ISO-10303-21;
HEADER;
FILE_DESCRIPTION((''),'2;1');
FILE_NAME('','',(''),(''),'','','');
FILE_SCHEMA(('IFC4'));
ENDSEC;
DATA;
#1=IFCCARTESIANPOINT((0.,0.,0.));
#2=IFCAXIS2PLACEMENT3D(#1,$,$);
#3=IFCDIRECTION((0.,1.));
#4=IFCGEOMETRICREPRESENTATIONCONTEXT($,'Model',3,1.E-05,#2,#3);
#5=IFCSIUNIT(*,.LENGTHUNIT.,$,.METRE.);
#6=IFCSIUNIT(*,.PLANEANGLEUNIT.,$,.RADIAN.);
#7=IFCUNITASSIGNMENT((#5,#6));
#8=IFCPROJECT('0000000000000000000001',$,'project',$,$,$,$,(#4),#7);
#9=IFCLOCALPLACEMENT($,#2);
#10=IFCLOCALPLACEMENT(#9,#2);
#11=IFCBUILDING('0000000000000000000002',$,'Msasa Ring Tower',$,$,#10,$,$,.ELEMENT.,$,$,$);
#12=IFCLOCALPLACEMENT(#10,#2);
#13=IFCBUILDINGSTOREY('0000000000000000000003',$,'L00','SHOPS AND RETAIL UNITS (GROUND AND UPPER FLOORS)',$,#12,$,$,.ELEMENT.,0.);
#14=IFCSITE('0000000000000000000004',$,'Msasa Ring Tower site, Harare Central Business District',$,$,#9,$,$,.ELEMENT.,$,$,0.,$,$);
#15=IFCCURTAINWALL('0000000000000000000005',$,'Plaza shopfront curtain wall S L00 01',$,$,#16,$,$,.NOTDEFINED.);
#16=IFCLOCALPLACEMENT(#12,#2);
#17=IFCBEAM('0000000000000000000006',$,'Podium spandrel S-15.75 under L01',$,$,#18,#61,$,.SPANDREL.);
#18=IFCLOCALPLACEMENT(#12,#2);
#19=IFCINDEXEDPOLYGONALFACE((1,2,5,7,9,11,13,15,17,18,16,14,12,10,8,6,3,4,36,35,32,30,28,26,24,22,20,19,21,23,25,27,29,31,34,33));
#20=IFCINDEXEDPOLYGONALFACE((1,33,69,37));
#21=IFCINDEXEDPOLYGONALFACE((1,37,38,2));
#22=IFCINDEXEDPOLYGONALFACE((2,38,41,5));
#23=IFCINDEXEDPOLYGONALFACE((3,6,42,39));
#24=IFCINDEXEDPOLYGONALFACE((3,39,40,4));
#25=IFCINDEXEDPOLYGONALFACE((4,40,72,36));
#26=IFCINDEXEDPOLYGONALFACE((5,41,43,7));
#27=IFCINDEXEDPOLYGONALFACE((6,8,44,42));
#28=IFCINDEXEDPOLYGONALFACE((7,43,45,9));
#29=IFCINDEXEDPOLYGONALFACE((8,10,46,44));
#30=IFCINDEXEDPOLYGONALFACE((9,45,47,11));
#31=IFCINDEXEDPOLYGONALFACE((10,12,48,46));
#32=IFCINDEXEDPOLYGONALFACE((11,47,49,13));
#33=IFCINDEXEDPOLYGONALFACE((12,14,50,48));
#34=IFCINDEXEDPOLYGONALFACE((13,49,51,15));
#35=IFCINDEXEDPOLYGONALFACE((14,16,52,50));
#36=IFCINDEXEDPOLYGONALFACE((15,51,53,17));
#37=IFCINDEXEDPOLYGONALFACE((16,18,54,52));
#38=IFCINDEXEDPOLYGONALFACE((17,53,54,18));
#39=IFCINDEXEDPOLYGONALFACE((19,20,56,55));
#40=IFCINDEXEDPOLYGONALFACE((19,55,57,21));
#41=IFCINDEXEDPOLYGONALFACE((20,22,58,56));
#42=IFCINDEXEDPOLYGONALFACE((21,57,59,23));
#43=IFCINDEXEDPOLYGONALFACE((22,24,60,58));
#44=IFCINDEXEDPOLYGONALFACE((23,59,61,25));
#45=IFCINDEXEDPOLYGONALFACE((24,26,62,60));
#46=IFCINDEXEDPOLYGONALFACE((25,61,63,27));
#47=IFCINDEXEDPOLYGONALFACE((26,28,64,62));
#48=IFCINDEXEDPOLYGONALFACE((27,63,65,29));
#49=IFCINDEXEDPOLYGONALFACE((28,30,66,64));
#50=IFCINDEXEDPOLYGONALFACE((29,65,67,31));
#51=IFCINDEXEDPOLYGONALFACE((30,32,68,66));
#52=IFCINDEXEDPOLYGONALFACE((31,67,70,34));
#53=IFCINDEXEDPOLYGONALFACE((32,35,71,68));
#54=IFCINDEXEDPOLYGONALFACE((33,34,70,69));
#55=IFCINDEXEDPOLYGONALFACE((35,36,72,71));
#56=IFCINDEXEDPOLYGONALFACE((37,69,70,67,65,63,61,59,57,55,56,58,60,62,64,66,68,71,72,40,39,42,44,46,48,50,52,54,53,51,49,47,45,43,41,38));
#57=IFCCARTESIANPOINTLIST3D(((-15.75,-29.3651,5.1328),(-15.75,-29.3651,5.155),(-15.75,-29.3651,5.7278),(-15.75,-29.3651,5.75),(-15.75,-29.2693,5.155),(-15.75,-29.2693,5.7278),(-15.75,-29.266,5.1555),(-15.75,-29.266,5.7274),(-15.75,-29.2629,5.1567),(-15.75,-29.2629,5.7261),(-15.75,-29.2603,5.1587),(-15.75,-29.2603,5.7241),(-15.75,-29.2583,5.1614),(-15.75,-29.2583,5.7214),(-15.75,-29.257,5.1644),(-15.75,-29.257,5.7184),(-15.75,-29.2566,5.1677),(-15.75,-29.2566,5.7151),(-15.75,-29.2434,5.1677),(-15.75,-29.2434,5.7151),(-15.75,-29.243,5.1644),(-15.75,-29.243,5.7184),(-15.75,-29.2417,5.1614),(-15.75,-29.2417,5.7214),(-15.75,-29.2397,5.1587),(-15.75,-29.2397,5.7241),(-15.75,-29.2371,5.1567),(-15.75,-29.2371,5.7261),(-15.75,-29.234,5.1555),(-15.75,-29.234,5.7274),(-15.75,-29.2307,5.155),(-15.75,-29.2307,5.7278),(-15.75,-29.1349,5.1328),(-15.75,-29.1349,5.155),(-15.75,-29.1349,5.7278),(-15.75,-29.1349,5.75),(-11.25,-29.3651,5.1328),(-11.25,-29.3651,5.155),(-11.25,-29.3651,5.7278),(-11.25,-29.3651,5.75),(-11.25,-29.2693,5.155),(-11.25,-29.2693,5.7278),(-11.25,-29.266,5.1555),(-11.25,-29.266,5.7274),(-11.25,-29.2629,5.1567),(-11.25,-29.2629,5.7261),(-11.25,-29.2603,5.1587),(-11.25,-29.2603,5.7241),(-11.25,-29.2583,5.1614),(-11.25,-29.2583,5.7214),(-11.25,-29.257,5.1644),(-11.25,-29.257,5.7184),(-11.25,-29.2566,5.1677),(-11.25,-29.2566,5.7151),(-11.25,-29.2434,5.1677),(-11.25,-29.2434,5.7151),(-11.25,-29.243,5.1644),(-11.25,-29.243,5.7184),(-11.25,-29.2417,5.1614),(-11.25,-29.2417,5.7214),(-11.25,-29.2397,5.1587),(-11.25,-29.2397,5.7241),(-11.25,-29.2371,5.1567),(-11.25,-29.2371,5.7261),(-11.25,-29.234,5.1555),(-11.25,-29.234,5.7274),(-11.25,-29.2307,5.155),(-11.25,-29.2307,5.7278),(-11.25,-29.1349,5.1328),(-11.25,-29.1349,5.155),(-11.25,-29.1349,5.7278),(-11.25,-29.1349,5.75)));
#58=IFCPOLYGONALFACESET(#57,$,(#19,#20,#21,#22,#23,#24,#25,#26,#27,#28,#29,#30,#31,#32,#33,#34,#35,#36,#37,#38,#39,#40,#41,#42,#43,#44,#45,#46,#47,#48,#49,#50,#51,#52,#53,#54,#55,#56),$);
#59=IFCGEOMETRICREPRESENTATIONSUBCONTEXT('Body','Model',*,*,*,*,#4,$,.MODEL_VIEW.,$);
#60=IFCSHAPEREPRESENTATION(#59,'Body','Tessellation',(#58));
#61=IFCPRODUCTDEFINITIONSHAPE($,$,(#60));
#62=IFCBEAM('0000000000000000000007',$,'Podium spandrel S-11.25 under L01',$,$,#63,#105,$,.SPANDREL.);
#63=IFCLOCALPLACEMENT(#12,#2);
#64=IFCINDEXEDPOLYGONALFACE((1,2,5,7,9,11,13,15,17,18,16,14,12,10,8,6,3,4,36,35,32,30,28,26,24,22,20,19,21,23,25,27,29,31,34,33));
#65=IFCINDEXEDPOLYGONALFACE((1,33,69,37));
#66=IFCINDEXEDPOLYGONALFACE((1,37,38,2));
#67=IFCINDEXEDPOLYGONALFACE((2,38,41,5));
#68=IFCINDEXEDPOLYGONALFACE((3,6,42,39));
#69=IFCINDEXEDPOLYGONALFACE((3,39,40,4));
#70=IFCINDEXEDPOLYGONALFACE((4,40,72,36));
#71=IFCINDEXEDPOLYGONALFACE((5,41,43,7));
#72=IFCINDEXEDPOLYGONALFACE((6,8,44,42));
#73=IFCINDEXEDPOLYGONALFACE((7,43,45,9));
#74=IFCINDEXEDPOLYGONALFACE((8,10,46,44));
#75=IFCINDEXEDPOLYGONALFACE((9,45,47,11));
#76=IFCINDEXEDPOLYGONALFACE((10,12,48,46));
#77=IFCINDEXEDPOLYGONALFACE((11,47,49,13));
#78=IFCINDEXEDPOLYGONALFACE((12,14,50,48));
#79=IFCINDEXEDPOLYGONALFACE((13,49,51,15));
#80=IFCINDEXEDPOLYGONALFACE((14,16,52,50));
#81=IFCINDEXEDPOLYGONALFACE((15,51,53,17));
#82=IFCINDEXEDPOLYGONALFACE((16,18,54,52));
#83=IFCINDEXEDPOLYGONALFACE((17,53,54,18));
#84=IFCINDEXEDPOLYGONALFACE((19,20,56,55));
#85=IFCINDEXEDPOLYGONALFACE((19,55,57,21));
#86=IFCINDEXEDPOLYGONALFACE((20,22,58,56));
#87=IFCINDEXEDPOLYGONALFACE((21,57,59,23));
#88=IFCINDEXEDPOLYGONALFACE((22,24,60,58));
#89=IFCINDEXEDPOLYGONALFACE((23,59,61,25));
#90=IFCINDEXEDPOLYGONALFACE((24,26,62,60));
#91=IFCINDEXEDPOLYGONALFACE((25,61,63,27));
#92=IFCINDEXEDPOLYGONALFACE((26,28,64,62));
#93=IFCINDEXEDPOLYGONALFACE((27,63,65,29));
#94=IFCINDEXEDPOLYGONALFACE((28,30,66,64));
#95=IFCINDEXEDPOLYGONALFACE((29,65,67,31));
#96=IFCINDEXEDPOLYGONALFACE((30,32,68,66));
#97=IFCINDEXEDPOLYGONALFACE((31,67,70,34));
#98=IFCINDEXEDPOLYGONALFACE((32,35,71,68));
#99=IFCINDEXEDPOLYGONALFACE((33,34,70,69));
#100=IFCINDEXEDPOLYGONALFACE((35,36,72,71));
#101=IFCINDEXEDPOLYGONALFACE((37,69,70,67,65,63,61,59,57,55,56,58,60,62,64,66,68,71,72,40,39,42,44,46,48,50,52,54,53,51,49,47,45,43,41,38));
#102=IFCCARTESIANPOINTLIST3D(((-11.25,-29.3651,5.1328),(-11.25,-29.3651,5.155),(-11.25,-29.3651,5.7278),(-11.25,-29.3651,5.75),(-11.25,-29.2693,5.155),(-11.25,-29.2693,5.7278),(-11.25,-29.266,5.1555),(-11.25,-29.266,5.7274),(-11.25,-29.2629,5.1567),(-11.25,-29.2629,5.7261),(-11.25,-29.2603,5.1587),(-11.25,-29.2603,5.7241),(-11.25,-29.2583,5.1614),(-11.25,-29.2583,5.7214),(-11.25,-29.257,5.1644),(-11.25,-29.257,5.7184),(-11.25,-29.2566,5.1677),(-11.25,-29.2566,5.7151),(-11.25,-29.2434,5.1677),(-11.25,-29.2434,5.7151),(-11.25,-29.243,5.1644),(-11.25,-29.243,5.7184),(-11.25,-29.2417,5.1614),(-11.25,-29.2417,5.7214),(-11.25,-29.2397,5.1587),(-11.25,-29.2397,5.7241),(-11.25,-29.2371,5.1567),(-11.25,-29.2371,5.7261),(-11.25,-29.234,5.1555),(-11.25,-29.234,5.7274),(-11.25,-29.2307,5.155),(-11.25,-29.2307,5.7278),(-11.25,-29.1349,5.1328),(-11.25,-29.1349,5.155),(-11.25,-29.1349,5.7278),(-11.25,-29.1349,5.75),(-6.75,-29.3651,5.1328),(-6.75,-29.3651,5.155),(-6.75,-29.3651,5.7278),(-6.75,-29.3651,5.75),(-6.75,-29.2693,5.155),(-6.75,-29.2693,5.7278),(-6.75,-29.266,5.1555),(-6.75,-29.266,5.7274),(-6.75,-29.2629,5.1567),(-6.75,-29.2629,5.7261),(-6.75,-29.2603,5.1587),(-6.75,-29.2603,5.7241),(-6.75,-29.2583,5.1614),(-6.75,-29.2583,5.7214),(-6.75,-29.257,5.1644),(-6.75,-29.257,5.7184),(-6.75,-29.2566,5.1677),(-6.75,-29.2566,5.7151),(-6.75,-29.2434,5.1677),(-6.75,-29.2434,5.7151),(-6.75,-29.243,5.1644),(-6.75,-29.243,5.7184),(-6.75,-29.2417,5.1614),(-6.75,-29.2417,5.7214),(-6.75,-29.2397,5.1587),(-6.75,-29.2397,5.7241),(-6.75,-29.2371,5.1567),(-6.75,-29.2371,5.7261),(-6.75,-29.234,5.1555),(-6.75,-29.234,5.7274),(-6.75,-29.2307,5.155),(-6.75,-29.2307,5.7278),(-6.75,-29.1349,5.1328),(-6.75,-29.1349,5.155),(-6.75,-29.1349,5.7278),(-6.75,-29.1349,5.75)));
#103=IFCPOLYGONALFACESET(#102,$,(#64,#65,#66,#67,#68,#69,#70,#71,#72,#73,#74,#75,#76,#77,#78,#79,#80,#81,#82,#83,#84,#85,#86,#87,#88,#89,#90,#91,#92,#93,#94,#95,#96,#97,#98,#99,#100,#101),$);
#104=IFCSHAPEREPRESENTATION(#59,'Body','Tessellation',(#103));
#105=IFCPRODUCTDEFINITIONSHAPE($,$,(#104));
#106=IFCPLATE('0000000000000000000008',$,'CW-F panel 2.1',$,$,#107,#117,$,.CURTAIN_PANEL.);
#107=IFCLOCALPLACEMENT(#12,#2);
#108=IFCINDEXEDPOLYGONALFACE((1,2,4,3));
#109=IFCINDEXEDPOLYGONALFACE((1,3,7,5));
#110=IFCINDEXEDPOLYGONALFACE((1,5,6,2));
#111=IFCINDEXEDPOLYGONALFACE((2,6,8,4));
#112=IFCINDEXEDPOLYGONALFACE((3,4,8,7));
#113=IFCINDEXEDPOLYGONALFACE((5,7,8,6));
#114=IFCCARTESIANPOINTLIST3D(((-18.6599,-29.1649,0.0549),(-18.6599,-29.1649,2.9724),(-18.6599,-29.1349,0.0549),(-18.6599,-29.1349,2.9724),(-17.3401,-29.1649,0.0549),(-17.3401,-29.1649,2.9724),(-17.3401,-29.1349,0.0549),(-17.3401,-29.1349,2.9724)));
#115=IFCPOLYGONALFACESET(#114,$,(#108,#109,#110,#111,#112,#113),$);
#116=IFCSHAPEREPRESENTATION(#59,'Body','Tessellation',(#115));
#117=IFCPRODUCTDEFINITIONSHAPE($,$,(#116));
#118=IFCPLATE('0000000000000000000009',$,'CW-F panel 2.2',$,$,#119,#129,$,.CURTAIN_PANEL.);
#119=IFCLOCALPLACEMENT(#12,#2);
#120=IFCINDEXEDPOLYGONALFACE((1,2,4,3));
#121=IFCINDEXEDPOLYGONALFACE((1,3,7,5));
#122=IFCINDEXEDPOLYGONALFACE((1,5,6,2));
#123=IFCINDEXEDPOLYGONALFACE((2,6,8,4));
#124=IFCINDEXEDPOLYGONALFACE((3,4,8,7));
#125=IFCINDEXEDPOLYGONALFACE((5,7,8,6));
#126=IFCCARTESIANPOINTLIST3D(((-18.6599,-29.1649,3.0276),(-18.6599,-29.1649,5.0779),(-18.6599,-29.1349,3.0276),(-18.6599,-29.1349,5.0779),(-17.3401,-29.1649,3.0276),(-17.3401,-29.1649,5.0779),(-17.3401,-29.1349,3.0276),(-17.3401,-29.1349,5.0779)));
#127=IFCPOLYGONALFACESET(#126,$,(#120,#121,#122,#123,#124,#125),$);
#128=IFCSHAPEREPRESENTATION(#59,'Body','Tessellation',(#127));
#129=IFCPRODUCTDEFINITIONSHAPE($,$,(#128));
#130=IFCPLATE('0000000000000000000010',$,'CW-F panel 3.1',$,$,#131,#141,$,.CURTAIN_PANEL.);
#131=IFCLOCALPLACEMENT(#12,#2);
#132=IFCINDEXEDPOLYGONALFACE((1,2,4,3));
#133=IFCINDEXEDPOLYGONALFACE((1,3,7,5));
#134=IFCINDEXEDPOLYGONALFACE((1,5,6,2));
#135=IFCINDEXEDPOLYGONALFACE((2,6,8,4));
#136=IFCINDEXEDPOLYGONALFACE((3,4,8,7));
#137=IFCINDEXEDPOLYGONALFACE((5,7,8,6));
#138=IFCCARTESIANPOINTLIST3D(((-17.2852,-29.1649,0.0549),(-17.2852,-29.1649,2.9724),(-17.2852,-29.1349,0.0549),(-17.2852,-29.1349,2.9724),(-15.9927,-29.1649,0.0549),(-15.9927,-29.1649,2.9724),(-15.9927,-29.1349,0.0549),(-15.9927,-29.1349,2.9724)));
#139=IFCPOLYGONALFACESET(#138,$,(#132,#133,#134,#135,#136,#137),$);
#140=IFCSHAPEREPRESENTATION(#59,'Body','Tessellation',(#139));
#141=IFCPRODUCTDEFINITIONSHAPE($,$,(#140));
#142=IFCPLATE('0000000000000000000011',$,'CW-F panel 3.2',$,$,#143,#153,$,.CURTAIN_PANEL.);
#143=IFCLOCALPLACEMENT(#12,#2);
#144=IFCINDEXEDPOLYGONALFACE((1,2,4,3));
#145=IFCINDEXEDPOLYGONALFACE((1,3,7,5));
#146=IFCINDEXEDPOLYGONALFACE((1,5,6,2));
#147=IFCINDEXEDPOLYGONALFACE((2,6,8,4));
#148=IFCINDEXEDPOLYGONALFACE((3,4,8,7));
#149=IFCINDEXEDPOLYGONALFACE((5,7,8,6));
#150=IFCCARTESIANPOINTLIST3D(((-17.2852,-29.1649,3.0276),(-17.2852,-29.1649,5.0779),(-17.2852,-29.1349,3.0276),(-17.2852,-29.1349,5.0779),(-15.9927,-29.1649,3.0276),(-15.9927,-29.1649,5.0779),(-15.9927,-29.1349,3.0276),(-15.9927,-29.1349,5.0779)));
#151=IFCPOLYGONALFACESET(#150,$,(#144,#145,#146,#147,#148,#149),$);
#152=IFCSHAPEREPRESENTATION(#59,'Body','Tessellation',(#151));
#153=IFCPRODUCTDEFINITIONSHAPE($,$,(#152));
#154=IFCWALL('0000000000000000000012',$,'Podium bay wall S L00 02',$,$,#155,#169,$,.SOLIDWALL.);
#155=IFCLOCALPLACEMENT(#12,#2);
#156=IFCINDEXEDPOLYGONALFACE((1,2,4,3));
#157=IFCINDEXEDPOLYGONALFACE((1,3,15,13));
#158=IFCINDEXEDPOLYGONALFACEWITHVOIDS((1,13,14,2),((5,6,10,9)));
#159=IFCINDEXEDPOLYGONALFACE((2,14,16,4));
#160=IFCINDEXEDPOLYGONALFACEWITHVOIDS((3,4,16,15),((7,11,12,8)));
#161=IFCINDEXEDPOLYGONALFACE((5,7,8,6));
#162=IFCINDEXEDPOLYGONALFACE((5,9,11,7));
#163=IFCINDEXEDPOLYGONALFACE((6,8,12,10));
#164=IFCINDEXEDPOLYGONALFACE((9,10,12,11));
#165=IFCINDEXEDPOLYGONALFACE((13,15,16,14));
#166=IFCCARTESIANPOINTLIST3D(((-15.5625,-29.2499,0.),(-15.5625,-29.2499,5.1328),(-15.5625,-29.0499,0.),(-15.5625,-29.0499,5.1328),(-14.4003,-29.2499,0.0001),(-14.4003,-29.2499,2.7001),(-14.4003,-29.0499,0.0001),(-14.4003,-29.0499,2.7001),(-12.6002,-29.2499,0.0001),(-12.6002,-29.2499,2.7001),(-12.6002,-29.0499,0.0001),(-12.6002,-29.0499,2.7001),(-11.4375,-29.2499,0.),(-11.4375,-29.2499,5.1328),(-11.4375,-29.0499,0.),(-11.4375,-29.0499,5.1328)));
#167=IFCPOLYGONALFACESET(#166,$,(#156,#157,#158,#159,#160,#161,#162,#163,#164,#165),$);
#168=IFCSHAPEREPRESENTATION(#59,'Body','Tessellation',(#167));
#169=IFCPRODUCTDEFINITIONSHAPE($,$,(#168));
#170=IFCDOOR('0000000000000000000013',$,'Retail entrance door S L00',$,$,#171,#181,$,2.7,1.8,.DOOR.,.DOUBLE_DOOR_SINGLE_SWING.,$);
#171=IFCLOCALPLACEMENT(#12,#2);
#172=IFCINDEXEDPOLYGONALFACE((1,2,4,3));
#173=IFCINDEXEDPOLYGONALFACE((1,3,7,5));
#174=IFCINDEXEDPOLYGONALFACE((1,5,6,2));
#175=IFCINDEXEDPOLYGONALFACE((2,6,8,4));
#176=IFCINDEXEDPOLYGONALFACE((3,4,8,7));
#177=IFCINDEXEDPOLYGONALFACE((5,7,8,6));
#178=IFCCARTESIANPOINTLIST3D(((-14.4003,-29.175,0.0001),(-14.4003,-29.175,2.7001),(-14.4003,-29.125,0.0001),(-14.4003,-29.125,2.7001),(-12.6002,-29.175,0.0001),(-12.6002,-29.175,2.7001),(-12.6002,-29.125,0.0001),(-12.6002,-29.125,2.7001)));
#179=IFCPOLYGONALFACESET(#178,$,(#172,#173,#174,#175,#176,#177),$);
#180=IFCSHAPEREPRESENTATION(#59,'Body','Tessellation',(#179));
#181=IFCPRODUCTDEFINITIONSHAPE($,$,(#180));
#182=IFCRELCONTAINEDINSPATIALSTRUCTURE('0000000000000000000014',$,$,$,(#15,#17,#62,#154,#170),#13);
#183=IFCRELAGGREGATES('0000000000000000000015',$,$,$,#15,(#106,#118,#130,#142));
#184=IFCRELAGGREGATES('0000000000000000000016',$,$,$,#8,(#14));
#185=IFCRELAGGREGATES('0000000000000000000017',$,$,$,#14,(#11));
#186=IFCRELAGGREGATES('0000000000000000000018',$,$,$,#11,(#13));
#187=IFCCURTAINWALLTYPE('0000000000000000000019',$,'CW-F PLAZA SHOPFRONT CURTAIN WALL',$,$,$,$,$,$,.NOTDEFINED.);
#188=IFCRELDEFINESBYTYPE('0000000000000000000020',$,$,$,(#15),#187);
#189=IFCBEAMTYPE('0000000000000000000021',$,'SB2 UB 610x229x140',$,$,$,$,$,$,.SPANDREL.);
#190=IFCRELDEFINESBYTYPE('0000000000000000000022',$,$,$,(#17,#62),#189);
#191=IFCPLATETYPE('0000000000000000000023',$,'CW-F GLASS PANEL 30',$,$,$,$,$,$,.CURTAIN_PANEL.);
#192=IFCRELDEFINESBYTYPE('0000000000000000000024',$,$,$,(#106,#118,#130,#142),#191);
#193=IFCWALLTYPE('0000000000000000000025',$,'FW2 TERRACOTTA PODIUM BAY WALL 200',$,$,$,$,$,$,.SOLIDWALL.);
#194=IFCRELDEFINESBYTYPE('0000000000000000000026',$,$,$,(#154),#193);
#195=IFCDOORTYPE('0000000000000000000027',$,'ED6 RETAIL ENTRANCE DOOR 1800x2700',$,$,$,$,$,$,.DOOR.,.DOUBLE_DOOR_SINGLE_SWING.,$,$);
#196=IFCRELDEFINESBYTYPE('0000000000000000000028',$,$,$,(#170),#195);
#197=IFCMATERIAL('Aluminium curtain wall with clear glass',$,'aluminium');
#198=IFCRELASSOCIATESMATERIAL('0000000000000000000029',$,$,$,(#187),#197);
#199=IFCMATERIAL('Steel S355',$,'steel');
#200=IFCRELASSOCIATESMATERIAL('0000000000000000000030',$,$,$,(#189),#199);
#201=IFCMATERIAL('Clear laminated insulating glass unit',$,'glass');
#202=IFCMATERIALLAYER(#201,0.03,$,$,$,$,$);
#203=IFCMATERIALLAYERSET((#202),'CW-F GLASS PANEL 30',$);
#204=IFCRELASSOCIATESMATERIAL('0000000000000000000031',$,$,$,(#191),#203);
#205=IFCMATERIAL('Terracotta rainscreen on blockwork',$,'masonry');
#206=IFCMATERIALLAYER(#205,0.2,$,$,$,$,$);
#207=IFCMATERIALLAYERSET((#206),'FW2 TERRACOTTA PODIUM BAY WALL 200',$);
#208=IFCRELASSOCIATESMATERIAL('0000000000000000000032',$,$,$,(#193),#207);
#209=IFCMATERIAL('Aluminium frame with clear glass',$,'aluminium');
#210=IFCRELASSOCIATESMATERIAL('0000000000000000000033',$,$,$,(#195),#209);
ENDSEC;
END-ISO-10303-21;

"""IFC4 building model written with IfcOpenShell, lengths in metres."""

from ifc_helpers import new_model, si_unit, direction, frame, frame_2d, origin, origin_2d, place, context, subcontext, project, spatial, rectangle, i_section, extrude, material, layer, layer_set, material_profile, profile_set, type_object, element, fill, aggregate, save


model = new_model("IFC4")

# Units and contexts
model_context = context("Model", 3, precision=1e-05, world=origin(), true_north=direction((0.0, 1.0)))
body_context = subcontext(model_context, "Body", "Model", "MODEL_VIEW")
ifc_project = project(units=[si_unit("LENGTHUNIT", "METRE"), si_unit("PLANEANGLEUNIT", "RADIAN")], contexts=[model_context])

# Site, building, storey
site_placement = place(None, origin())
site = spatial("IfcSite", under=ifc_project, at=site_placement, Name="Msasa Ring Tower site, Harare Central Business District", CompositionType="ELEMENT", RefElevation=0.0)
building_placement = place(site_placement, origin())
building = spatial("IfcBuilding", under=site, at=building_placement, Name="Msasa Ring Tower", CompositionType="ELEMENT")
storey_placement = place(building_placement, origin())
storey = spatial("IfcBuildingStorey", under=building, at=storey_placement, Name="L00", Description="SHOPS AND RETAIL UNITS (GROUND AND UPPER FLOORS)", CompositionType="ELEMENT", Elevation=0.0)

# Curtain wall
ifc_material_1 = material(Name="Aluminium curtain wall with clear glass", Category="aluminium")
curtain_wall_type = type_object("IfcCurtainWallType", Name="CW-F PLAZA SHOPFRONT CURTAIN WALL", PredefinedType="NOTDEFINED", material=ifc_material_1)
curtain_wall_1_placement = place(storey_placement, origin())
curtain_wall_1 = element("IfcCurtainWall", 1, at=curtain_wall_1_placement, inside=storey, type_object=curtain_wall_type, Name="Plaza shopfront curtain wall S L00 01", PredefinedType="NOTDEFINED")

# Beams
ifc_material_2 = material(Name="Steel S355", Category="steel")
ifc_material_profile_1 = material_profile(ifc_material_2, i_section(OverallWidth=0.2302, OverallDepth=0.6172, WebThickness=0.0132, FlangeThickness=0.0222, FilletRadius=0.0127, at=origin_2d()), Name="UB 610x229x140")
ifc_profile_set_1 = profile_set([ifc_material_profile_1], Name="Steel S355")
beam_type_1 = type_object("IfcBeamType", Name="SB2 UB 610x229x140", PredefinedType="SPANDREL", material=ifc_profile_set_1)
for number, where, z_axis, x_axis, name in (
    (2, (-15.75, -29.25, 5.4414), (1.0, 0.0, 0.0), (0.0, 1.0, 0.0), "Podium spandrel S-15.75 under L01"),
    (3, (-11.25, -29.25, 5.4414), (1.0, 0.0, 0.0), (0.0, 1.0, 0.0), "Podium spandrel S-11.25 under L01"),
):
    element("IfcBeam", number, at=place(storey_placement, frame(where, z_axis=z_axis, x_axis=x_axis)), inside=storey, type_object=beam_type_1, Name=name, PredefinedType="SPANDREL", context=body_context, shape_type="SweptSolid", body=[
        extrude(i_section(OverallWidth=0.2302, OverallDepth=0.6172, WebThickness=0.0132, FlangeThickness=0.0222, FilletRadius=0.0127, at=origin_2d()), origin(), (0.0, 0.0, 1.0), 4.5),
    ])

# Plates
ifc_material_3 = material(Name="Clear laminated insulating glass unit", Category="glass")
ifc_layer_1 = layer(ifc_material_3, 0.03)
ifc_layer_set_1 = layer_set([ifc_layer_1], Name="CW-F GLASS PANEL 30")
plate_type = type_object("IfcPlateType", Name="CW-F GLASS PANEL 30", PredefinedType="CURTAIN_PANEL", material=ifc_layer_set_1)
plate_1_placement = place(storey_placement, frame((-18.0, -29.1499, 0.0549), z_axis=(0.0, 0.0, 1.0), x_axis=(1.0, 0.0, 0.0)))
plate_1 = element("IfcPlate", 4, at=plate_1_placement, type_object=plate_type, Name="CW-F panel 2.1", PredefinedType="CURTAIN_PANEL", context=body_context, shape_type="SweptSolid", body=[
    extrude(rectangle(XDim=1.3198, YDim=0.03, at=origin_2d()), origin(), (0.0, 0.0, 1.0), 2.9175),
])
plate_2_placement = place(storey_placement, frame((-18.0, -29.1499, 3.0276), z_axis=(0.0, 0.0, 1.0), x_axis=(1.0, 0.0, 0.0)))
plate_2 = element("IfcPlate", 5, at=plate_2_placement, type_object=plate_type, Name="CW-F panel 2.2", PredefinedType="CURTAIN_PANEL", context=body_context, shape_type="SweptSolid", body=[
    extrude(rectangle(XDim=1.3198, YDim=0.03, at=origin_2d()), origin(), (0.0, 0.0, 1.0), 2.0503),
])
plate_3_placement = place(storey_placement, frame((-16.6389, -29.1499, 0.0549), z_axis=(0.0, 0.0, 1.0), x_axis=(1.0, 0.0, 0.0)))
plate_3 = element("IfcPlate", 6, at=plate_3_placement, type_object=plate_type, Name="CW-F panel 3.1", PredefinedType="CURTAIN_PANEL", context=body_context, shape_type="SweptSolid", body=[
    extrude(rectangle(XDim=1.2925, YDim=0.03, at=origin_2d()), origin(), (0.0, 0.0, 1.0), 2.9175),
])
plate_4_placement = place(storey_placement, frame((-16.6389, -29.1499, 3.0276), z_axis=(0.0, 0.0, 1.0), x_axis=(1.0, 0.0, 0.0)))
plate_4 = element("IfcPlate", 7, at=plate_4_placement, type_object=plate_type, Name="CW-F panel 3.2", PredefinedType="CURTAIN_PANEL", context=body_context, shape_type="SweptSolid", body=[
    extrude(rectangle(XDim=1.2925, YDim=0.03, at=origin_2d()), origin(), (0.0, 0.0, 1.0), 2.0503),
])
aggregate(curtain_wall_1, [plate_1, plate_2, plate_3, plate_4])

# Wall, opening, door
ifc_material_4 = material(Name="Terracotta rainscreen on blockwork", Category="masonry")
ifc_layer_2 = layer(ifc_material_4, 0.2)
ifc_layer_set_2 = layer_set([ifc_layer_2], Name="FW2 TERRACOTTA PODIUM BAY WALL 200")
wall_type = type_object("IfcWallType", Name="FW2 TERRACOTTA PODIUM BAY WALL 200", PredefinedType="SOLIDWALL", material=ifc_layer_set_2)
wall_placement = place(storey_placement, frame((-15.5625, -29.1499, 0.0), z_axis=(0.0, 0.0, 1.0), x_axis=(1.0, 0.0, 0.0)))
wall = element("IfcWall", 8, at=wall_placement, inside=storey, type_object=wall_type, Name="Podium bay wall S L00 02", PredefinedType="SOLIDWALL", context=body_context, shape_type="SweptSolid", body=[
    extrude(rectangle(XDim=4.125, YDim=0.2, at=frame_2d((2.0625, 0.0))), origin(), (0.0, 0.0, 1.0), 5.1328),
])
opening_placement = place(wall_placement, frame((1.1624, 0.0, 0.0)))
opening = element("IfcOpeningElement", 9, at=opening_placement, cuts=wall, PredefinedType="OPENING", context=body_context, shape_type="SweptSolid", body=[
    extrude(rectangle(XDim=1.8, YDim=2.7, at=frame_2d((0.8999, 1.3501))), frame((0.0, 0.1099, 0.0), z_axis=(0.0, -1.0, 0.0), x_axis=(1.0, 0.0, 0.0)), (0.0, 0.0, 1.0), 0.22),
])
ifc_material_5 = material(Name="Aluminium frame with clear glass", Category="aluminium")
door_type = type_object("IfcDoorType", Name="ED6 RETAIL ENTRANCE DOOR 1800x2700", OperationType="DOUBLE_DOOR_SINGLE_SWING", PredefinedType="DOOR", material=ifc_material_5)
door_placement = place(opening_placement, origin())
door = element("IfcDoor", 10, at=door_placement, inside=storey, type_object=door_type, Name="Retail entrance door S L00", OperationType="DOUBLE_DOOR_SINGLE_SWING", OverallHeight=2.7, OverallWidth=1.8, PredefinedType="DOOR", context=body_context, shape_type="SweptSolid", body=[
    extrude(rectangle(XDim=1.8, YDim=2.7, at=frame_2d((0.8999, 1.3501))), frame((0.0, 0.0249, 0.0), z_axis=(0.0, -1.0, 0.0), x_axis=(1.0, 0.0, 0.0)), (0.0, 0.0, 1.0), 0.05),
])
fill(opening, door)

save(model, "model.ifc")
